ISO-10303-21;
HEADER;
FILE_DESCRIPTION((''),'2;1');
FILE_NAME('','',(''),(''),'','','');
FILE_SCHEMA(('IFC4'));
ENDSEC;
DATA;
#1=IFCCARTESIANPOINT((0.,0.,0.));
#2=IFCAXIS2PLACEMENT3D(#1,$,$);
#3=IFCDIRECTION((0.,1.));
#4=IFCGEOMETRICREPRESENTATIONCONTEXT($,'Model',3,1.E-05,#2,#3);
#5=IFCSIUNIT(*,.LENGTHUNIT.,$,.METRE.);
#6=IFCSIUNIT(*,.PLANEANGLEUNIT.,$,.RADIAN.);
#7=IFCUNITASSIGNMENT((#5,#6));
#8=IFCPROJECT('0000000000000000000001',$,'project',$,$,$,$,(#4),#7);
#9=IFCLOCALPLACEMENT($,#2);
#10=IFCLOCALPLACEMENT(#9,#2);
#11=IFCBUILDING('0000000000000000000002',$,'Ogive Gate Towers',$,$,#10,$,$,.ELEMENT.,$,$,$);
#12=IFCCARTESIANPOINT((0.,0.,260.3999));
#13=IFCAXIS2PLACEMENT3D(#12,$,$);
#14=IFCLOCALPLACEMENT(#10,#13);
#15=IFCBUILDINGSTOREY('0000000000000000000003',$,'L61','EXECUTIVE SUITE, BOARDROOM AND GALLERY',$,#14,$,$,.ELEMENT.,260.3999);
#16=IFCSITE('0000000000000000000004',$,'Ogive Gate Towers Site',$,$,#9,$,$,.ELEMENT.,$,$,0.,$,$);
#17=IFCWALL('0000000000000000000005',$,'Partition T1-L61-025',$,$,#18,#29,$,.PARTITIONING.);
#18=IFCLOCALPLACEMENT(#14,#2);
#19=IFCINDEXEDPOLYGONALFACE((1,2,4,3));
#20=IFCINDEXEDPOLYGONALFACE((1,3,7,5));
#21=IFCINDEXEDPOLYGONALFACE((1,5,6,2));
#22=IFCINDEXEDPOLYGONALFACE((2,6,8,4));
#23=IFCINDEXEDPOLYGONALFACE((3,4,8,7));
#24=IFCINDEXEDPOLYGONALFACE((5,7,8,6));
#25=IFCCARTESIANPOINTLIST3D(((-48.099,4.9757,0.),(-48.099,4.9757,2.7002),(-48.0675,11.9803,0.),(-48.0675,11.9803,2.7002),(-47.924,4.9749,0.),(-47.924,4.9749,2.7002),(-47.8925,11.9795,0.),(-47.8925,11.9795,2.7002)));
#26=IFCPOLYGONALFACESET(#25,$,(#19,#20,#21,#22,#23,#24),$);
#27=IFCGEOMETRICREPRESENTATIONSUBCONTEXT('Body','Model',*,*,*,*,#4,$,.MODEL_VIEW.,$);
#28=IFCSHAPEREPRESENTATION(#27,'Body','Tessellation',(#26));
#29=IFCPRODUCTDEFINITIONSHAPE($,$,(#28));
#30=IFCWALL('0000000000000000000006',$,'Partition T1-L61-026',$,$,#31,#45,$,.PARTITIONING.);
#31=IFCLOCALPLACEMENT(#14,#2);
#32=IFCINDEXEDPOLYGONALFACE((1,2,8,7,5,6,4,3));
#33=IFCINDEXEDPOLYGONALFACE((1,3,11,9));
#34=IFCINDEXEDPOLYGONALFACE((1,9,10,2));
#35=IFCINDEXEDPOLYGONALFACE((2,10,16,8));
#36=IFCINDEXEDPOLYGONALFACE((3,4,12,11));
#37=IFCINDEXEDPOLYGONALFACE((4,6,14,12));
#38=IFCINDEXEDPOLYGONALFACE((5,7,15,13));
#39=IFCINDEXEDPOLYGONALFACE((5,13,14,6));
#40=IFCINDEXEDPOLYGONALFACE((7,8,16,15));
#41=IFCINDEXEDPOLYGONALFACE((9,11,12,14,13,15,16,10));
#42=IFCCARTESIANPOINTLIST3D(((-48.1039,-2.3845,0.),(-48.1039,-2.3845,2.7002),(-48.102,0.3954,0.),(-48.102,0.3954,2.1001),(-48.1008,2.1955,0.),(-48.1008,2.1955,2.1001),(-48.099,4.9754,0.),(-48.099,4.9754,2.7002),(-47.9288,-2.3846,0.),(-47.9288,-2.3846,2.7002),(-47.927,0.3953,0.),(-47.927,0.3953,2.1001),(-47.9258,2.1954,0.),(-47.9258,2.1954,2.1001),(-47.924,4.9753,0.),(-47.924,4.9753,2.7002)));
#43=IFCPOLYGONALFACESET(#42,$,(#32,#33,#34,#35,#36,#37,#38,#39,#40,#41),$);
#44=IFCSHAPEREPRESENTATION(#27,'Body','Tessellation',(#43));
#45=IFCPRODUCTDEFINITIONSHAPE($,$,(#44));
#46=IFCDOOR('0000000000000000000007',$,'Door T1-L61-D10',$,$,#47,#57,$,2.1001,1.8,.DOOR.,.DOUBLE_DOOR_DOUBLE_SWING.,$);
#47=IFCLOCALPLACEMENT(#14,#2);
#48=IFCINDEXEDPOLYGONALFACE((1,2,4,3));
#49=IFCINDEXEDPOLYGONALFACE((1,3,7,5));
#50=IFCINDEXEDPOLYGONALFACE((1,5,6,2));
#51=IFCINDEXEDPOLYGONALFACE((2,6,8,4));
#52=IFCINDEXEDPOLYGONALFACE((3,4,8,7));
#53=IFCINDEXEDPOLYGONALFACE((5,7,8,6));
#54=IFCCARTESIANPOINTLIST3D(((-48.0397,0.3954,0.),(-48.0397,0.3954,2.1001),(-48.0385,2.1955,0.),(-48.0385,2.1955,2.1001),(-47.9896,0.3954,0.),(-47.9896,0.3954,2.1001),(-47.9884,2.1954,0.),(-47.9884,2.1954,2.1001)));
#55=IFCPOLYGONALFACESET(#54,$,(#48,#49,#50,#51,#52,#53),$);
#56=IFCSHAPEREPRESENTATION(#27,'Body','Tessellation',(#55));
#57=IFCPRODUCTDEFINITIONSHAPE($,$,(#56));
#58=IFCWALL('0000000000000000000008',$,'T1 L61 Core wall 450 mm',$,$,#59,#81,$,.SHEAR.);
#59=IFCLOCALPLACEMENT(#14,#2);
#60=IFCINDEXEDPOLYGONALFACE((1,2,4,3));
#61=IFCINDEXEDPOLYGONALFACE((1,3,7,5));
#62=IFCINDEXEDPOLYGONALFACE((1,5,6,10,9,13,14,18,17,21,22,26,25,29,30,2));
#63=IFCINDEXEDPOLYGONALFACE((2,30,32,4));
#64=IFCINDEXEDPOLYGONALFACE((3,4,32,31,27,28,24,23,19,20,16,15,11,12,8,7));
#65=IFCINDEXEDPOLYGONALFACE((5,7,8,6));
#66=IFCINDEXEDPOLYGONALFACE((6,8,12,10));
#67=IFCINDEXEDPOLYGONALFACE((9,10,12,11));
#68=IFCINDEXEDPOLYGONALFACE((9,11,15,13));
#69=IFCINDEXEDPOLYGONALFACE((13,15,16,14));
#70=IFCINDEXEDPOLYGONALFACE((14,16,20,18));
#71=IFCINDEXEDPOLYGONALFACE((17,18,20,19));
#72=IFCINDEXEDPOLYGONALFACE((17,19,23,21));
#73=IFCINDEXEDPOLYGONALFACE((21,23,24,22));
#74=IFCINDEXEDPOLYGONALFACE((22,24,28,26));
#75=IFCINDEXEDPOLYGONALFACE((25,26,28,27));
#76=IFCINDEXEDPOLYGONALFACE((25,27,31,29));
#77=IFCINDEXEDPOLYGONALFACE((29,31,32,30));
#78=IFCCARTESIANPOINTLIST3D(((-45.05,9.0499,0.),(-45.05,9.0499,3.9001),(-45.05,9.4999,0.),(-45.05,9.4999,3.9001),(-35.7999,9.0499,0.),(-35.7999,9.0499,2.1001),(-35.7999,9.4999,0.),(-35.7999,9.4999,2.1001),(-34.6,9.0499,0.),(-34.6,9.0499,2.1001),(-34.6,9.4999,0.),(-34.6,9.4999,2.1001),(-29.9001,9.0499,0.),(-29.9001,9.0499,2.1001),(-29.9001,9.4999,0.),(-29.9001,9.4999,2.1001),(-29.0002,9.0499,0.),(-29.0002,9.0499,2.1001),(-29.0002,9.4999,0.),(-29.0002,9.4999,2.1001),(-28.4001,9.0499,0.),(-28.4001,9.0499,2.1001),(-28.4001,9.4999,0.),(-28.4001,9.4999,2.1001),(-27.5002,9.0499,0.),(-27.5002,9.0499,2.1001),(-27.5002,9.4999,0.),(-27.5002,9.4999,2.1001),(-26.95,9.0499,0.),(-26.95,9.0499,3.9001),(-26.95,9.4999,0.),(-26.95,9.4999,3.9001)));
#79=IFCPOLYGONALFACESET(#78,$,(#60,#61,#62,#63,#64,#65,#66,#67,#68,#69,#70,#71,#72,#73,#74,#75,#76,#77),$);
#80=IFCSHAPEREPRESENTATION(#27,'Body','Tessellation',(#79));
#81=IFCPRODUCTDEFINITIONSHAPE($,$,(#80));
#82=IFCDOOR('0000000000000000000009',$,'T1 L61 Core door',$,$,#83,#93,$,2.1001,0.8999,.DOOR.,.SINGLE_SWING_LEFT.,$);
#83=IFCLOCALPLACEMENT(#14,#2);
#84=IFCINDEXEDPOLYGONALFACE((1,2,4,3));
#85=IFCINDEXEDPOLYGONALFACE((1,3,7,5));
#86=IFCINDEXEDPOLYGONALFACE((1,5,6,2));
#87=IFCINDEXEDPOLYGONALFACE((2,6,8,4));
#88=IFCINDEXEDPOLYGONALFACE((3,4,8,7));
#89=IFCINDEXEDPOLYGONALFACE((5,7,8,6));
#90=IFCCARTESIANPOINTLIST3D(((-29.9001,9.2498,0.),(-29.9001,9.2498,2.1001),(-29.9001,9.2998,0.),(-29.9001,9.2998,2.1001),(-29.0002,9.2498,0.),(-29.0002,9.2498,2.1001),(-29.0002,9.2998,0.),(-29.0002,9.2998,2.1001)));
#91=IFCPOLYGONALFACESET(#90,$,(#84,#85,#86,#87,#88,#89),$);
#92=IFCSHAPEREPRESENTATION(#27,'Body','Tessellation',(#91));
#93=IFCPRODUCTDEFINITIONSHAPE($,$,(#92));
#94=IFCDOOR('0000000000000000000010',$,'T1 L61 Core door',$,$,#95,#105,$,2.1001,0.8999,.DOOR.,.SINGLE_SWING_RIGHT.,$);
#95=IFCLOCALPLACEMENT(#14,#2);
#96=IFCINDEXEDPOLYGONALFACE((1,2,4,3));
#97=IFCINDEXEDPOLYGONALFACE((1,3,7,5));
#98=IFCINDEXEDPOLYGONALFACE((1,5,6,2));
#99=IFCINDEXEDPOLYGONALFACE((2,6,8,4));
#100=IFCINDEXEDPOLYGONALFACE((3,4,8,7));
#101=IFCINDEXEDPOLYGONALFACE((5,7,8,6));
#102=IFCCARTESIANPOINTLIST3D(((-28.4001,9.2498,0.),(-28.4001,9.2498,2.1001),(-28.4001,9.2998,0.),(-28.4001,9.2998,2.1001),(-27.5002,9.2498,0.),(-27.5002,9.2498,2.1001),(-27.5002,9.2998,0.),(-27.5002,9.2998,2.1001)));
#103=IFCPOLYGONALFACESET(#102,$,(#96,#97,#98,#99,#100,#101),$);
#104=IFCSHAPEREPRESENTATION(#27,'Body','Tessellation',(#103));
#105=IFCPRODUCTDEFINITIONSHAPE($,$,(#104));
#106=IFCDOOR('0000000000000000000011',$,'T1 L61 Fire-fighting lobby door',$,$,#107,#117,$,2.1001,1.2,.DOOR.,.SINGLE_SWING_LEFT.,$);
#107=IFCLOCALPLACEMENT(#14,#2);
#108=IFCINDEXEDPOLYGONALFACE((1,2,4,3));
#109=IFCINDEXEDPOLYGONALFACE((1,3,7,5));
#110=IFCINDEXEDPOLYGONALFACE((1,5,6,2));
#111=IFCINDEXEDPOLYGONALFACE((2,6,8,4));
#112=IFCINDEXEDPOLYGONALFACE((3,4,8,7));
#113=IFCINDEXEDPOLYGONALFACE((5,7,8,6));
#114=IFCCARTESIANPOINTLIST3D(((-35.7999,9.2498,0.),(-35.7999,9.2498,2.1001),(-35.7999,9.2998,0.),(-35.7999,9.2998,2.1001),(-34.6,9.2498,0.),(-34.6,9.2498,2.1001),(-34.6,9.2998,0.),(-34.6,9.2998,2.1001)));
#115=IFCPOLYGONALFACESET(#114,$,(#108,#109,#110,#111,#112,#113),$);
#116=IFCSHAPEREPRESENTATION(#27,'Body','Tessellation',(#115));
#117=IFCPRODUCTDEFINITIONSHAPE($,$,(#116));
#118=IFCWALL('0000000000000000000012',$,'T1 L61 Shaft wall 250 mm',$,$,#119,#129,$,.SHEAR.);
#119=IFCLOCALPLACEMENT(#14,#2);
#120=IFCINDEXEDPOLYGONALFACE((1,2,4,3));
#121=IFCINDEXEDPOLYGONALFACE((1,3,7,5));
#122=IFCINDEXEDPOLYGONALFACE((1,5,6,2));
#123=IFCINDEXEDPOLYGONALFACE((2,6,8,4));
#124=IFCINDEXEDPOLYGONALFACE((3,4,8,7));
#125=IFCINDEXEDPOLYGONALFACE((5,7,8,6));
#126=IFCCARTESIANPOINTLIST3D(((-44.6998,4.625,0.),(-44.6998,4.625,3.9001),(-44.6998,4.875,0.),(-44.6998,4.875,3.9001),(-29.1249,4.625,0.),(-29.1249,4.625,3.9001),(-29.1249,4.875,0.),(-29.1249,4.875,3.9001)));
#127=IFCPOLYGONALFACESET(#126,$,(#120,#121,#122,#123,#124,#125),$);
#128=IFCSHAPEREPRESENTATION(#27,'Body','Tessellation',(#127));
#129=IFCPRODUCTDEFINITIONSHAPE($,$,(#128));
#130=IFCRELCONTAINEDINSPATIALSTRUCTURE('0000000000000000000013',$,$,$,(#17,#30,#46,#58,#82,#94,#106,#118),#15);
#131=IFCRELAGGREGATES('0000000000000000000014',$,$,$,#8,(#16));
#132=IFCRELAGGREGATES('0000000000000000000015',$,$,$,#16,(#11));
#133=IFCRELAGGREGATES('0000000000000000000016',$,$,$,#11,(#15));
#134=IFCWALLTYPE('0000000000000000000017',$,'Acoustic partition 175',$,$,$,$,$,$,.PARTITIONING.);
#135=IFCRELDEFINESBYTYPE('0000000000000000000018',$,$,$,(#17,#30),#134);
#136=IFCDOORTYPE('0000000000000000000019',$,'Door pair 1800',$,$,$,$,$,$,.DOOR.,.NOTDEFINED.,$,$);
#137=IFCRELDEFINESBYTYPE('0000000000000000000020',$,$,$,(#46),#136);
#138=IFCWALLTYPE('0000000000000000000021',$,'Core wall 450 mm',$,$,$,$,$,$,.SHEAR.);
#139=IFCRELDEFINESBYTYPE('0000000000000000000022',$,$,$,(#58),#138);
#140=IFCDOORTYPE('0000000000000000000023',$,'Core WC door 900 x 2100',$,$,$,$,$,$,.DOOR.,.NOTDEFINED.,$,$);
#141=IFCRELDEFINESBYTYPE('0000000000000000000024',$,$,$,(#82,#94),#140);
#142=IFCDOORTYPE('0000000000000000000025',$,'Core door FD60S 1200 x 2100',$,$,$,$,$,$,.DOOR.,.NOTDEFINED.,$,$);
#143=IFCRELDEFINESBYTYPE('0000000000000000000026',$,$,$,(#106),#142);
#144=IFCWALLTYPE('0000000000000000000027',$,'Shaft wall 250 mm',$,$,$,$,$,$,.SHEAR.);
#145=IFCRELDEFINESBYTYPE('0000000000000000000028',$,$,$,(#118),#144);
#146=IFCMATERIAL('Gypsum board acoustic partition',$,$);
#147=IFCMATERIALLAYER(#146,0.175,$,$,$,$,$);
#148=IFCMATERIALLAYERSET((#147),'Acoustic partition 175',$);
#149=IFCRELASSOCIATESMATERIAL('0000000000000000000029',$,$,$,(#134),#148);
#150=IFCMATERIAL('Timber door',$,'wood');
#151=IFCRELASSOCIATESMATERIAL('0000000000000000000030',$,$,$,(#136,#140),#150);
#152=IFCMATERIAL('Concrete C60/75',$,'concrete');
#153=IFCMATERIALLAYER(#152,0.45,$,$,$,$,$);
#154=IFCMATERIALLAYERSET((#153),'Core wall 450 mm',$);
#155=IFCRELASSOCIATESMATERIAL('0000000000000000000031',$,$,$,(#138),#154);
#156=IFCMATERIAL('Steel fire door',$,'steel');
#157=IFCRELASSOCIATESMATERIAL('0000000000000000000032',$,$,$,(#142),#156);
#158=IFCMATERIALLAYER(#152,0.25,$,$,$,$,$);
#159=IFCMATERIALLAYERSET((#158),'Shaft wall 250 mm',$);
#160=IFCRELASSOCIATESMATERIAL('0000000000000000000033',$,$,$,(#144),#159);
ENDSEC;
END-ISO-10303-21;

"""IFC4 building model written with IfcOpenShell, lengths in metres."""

from ifc_helpers import new_model, si_unit, direction, frame, frame_2d, origin, place, context, subcontext, project, spatial, rectangle, extrude, material, layer, layer_set, type_object, element, fill, save


model = new_model("IFC4")

# Units and contexts
model_context = context("Model", 3, precision=1e-05, world=origin(), true_north=direction((0.0, 1.0)))
body_context = subcontext(model_context, "Body", "Model", "MODEL_VIEW")
ifc_project = project(units=[si_unit("LENGTHUNIT", "METRE"), si_unit("PLANEANGLEUNIT", "RADIAN")], contexts=[model_context])

# Site, building, storey
site_placement = place(None, origin())
site = spatial("IfcSite", under=ifc_project, at=site_placement, Name="Ogive Gate Towers Site", CompositionType="ELEMENT", RefElevation=0.0)
building_placement = place(site_placement, origin())
building = spatial("IfcBuilding", under=site, at=building_placement, Name="Ogive Gate Towers", CompositionType="ELEMENT")
storey_placement = place(building_placement, frame((0.0, 0.0, 260.3999)))
storey = spatial("IfcBuildingStorey", under=building, at=storey_placement, Name="L61", Description="EXECUTIVE SUITE, BOARDROOM AND GALLERY", CompositionType="ELEMENT", Elevation=260.3999)

# Wall
ifc_material_1 = material(Name="Gypsum board acoustic partition")
ifc_layer_1 = layer(ifc_material_1, 0.175)
ifc_layer_set_1 = layer_set([ifc_layer_1], Name="Acoustic partition 175")
wall_type_1 = type_object("IfcWallType", Name="Acoustic partition 175", PredefinedType="PARTITIONING", material=ifc_layer_set_1)
wall_1_placement = place(storey_placement, frame((-47.98, 11.98, 0.0), z_axis=(0.0, 0.0, 1.0), x_axis=(-0.004496, -0.99999, 0.0)))
element("IfcWall", 1, at=wall_1_placement, inside=storey, type_object=wall_type_1, Name="Partition T1-L61-025", PredefinedType="PARTITIONING", context=body_context, shape_type="SweptSolid", body=[
    extrude(rectangle(XDim=7.0046, YDim=0.175, at=frame_2d((3.5024, 0.0))), origin(), (0.0, 0.0, 1.0), 2.7002),
])

# Wall, opening, door
wall_2_placement = place(storey_placement, frame((-48.0115, 4.9753, 0.0), z_axis=(0.0, 0.0, 1.0), x_axis=(-0.000663, -1.0, 0.0)))
wall_2 = element("IfcWall", 2, at=wall_2_placement, inside=storey, type_object=wall_type_1, Name="Partition T1-L61-026", PredefinedType="PARTITIONING", context=body_context, shape_type="SweptSolid", body=[
    extrude(rectangle(XDim=7.3599, YDim=0.175, at=frame_2d((3.6799, 0.0))), origin(), (0.0, 0.0, 1.0), 2.7002),
])
opening_1_placement = place(wall_2_placement, frame((2.78, 0.0, 0.0)))
opening_1 = element("IfcOpeningElement", 3, at=opening_1_placement, cuts=wall_2, PredefinedType="OPENING", context=body_context, shape_type="SweptSolid", body=[
    extrude(rectangle(XDim=1.8, YDim=2.1001, at=frame_2d((0.8999, 1.05))), frame((0.0, 0.0977, 0.0), z_axis=(0.0, -1.0, 0.0), x_axis=(1.0, 0.0, 0.0)), (0.0, 0.0, 1.0), 0.1951),
])
ifc_material_2 = material(Name="Timber door", Category="wood")
door_type_1 = type_object("IfcDoorType", Name="Door pair 1800", OperationType="NOTDEFINED", PredefinedType="DOOR", material=ifc_material_2)
door_1_placement = place(opening_1_placement, origin())
door_1 = element("IfcDoor", 4, at=door_1_placement, inside=storey, type_object=door_type_1, Name="Door T1-L61-D10", OperationType="DOUBLE_DOOR_DOUBLE_SWING", OverallHeight=2.1001, OverallWidth=1.8, PredefinedType="DOOR", context=body_context, shape_type="SweptSolid", body=[
    extrude(rectangle(XDim=1.8, YDim=2.1001, at=frame_2d((0.8999, 1.05))), frame((0.0, 0.0249, 0.0), z_axis=(0.0, -1.0, 0.0), x_axis=(1.0, 0.0, 0.0)), (0.0, 0.0, 1.0), 0.05),
])
fill(opening_1, door_1)

# Wall, openings, doors
ifc_material_3 = material(Name="Concrete C60/75", Category="concrete")
ifc_layer_2 = layer(ifc_material_3, 0.45)
ifc_layer_set_2 = layer_set([ifc_layer_2], Name="Core wall 450 mm")
wall_type_2 = type_object("IfcWallType", Name="Core wall 450 mm", PredefinedType="SHEAR", material=ifc_layer_set_2)
wall_3_placement = place(storey_placement, frame((-45.05, 9.2749, 0.0), z_axis=(0.0, 0.0, 1.0), x_axis=(1.0, 0.0, 0.0)))
wall_3 = element("IfcWall", 5, at=wall_3_placement, inside=storey, type_object=wall_type_2, Name="T1 L61 Core wall 450 mm", PredefinedType="SHEAR", context=body_context, shape_type="SweptSolid", body=[
    extrude(rectangle(XDim=18.1001, YDim=0.45, at=frame_2d((9.05, 0.0))), origin(), (0.0, 0.0, 1.0), 3.9001),
])
opening_2_placement = place(wall_3_placement, frame((9.25, 0.0, 0.0)))
opening_2 = element("IfcOpeningElement", 6, at=opening_2_placement, cuts=wall_3, PredefinedType="OPENING", context=body_context, shape_type="SweptSolid", body=[
    extrude(rectangle(XDim=1.2, YDim=2.1001, at=frame_2d((0.6001, 1.05))), frame((0.0, 0.2349, 0.0), z_axis=(0.0, -1.0, 0.0), x_axis=(1.0, 0.0, 0.0)), (0.0, 0.0, 1.0), 0.47),
])
opening_3_placement = place(wall_3_placement, frame((15.1499, 0.0, 0.0)))
opening_3 = element("IfcOpeningElement", 7, at=opening_3_placement, cuts=wall_3, PredefinedType="OPENING", context=body_context, shape_type="SweptSolid", body=[
    extrude(rectangle(XDim=0.8999, YDim=2.1001, at=frame_2d((0.45, 1.05))), frame((0.0, 0.2349, 0.0), z_axis=(0.0, -1.0, 0.0), x_axis=(1.0, 0.0, 0.0)), (0.0, 0.0, 1.0), 0.47),
])
opening_4_placement = place(wall_3_placement, frame((16.6499, 0.0, 0.0)))
opening_4 = element("IfcOpeningElement", 8, at=opening_4_placement, cuts=wall_3, PredefinedType="OPENING", context=body_context, shape_type="SweptSolid", body=[
    extrude(rectangle(XDim=0.8999, YDim=2.1001, at=frame_2d((0.45, 1.05))), frame((0.0, 0.2349, 0.0), z_axis=(0.0, -1.0, 0.0), x_axis=(1.0, 0.0, 0.0)), (0.0, 0.0, 1.0), 0.47),
])
door_type_2 = type_object("IfcDoorType", Name="Core WC door 900 x 2100", OperationType="NOTDEFINED", PredefinedType="DOOR", material=ifc_material_2)
door_2_placement = place(opening_3_placement, origin())
door_2 = element("IfcDoor", 9, at=door_2_placement, inside=storey, type_object=door_type_2, Name="T1 L61 Core door", OperationType="SINGLE_SWING_LEFT", OverallHeight=2.1001, OverallWidth=0.8999, PredefinedType="DOOR", context=body_context, shape_type="SweptSolid", body=[
    extrude(rectangle(XDim=0.8999, YDim=2.1001, at=frame_2d((0.45, 1.05))), frame((0.0, 0.0249, 0.0), z_axis=(0.0, -1.0, 0.0), x_axis=(1.0, 0.0, 0.0)), (0.0, 0.0, 1.0), 0.05),
])
fill(opening_3, door_2)
door_3_placement = place(opening_4_placement, origin())
door_3 = element("IfcDoor", 10, at=door_3_placement, inside=storey, type_object=door_type_2, Name="T1 L61 Core door", OperationType="SINGLE_SWING_RIGHT", OverallHeight=2.1001, OverallWidth=0.8999, PredefinedType="DOOR", context=body_context, shape_type="SweptSolid", body=[
    extrude(rectangle(XDim=0.8999, YDim=2.1001, at=frame_2d((0.45, 1.05))), frame((0.0, 0.0249, 0.0), z_axis=(0.0, -1.0, 0.0), x_axis=(1.0, 0.0, 0.0)), (0.0, 0.0, 1.0), 0.05),
])
fill(opening_4, door_3)
ifc_material_4 = material(Name="Steel fire door", Category="steel")
door_type_3 = type_object("IfcDoorType", Name="Core door FD60S 1200 x 2100", OperationType="NOTDEFINED", PredefinedType="DOOR", material=ifc_material_4)
door_4_placement = place(opening_2_placement, origin())
door_4 = element("IfcDoor", 11, at=door_4_placement, inside=storey, type_object=door_type_3, Name="T1 L61 Fire-fighting lobby door", OperationType="SINGLE_SWING_LEFT", OverallHeight=2.1001, OverallWidth=1.2, PredefinedType="DOOR", context=body_context, shape_type="SweptSolid", body=[
    extrude(rectangle(XDim=1.2, YDim=2.1001, at=frame_2d((0.6001, 1.05))), frame((0.0, 0.0249, 0.0), z_axis=(0.0, -1.0, 0.0), x_axis=(1.0, 0.0, 0.0)), (0.0, 0.0, 1.0), 0.05),
])
fill(opening_2, door_4)

# Wall
ifc_layer_3 = layer(ifc_material_3, 0.25)
ifc_layer_set_3 = layer_set([ifc_layer_3], Name="Shaft wall 250 mm")
wall_type_3 = type_object("IfcWallType", Name="Shaft wall 250 mm", PredefinedType="SHEAR", material=ifc_layer_set_3)
wall_4_placement = place(storey_placement, frame((-44.7, 4.75, 0.0), z_axis=(0.0, 0.0, 1.0), x_axis=(1.0, 0.0, 0.0)))
element("IfcWall", 12, at=wall_4_placement, inside=storey, type_object=wall_type_3, Name="T1 L61 Shaft wall 250 mm", PredefinedType="SHEAR", context=body_context, shape_type="SweptSolid", body=[
    extrude(rectangle(XDim=15.575, YDim=0.25, at=frame_2d((7.7876, 0.0))), origin(), (0.0, 0.0, 1.0), 3.9001),
])

save(model, "model.ifc")
